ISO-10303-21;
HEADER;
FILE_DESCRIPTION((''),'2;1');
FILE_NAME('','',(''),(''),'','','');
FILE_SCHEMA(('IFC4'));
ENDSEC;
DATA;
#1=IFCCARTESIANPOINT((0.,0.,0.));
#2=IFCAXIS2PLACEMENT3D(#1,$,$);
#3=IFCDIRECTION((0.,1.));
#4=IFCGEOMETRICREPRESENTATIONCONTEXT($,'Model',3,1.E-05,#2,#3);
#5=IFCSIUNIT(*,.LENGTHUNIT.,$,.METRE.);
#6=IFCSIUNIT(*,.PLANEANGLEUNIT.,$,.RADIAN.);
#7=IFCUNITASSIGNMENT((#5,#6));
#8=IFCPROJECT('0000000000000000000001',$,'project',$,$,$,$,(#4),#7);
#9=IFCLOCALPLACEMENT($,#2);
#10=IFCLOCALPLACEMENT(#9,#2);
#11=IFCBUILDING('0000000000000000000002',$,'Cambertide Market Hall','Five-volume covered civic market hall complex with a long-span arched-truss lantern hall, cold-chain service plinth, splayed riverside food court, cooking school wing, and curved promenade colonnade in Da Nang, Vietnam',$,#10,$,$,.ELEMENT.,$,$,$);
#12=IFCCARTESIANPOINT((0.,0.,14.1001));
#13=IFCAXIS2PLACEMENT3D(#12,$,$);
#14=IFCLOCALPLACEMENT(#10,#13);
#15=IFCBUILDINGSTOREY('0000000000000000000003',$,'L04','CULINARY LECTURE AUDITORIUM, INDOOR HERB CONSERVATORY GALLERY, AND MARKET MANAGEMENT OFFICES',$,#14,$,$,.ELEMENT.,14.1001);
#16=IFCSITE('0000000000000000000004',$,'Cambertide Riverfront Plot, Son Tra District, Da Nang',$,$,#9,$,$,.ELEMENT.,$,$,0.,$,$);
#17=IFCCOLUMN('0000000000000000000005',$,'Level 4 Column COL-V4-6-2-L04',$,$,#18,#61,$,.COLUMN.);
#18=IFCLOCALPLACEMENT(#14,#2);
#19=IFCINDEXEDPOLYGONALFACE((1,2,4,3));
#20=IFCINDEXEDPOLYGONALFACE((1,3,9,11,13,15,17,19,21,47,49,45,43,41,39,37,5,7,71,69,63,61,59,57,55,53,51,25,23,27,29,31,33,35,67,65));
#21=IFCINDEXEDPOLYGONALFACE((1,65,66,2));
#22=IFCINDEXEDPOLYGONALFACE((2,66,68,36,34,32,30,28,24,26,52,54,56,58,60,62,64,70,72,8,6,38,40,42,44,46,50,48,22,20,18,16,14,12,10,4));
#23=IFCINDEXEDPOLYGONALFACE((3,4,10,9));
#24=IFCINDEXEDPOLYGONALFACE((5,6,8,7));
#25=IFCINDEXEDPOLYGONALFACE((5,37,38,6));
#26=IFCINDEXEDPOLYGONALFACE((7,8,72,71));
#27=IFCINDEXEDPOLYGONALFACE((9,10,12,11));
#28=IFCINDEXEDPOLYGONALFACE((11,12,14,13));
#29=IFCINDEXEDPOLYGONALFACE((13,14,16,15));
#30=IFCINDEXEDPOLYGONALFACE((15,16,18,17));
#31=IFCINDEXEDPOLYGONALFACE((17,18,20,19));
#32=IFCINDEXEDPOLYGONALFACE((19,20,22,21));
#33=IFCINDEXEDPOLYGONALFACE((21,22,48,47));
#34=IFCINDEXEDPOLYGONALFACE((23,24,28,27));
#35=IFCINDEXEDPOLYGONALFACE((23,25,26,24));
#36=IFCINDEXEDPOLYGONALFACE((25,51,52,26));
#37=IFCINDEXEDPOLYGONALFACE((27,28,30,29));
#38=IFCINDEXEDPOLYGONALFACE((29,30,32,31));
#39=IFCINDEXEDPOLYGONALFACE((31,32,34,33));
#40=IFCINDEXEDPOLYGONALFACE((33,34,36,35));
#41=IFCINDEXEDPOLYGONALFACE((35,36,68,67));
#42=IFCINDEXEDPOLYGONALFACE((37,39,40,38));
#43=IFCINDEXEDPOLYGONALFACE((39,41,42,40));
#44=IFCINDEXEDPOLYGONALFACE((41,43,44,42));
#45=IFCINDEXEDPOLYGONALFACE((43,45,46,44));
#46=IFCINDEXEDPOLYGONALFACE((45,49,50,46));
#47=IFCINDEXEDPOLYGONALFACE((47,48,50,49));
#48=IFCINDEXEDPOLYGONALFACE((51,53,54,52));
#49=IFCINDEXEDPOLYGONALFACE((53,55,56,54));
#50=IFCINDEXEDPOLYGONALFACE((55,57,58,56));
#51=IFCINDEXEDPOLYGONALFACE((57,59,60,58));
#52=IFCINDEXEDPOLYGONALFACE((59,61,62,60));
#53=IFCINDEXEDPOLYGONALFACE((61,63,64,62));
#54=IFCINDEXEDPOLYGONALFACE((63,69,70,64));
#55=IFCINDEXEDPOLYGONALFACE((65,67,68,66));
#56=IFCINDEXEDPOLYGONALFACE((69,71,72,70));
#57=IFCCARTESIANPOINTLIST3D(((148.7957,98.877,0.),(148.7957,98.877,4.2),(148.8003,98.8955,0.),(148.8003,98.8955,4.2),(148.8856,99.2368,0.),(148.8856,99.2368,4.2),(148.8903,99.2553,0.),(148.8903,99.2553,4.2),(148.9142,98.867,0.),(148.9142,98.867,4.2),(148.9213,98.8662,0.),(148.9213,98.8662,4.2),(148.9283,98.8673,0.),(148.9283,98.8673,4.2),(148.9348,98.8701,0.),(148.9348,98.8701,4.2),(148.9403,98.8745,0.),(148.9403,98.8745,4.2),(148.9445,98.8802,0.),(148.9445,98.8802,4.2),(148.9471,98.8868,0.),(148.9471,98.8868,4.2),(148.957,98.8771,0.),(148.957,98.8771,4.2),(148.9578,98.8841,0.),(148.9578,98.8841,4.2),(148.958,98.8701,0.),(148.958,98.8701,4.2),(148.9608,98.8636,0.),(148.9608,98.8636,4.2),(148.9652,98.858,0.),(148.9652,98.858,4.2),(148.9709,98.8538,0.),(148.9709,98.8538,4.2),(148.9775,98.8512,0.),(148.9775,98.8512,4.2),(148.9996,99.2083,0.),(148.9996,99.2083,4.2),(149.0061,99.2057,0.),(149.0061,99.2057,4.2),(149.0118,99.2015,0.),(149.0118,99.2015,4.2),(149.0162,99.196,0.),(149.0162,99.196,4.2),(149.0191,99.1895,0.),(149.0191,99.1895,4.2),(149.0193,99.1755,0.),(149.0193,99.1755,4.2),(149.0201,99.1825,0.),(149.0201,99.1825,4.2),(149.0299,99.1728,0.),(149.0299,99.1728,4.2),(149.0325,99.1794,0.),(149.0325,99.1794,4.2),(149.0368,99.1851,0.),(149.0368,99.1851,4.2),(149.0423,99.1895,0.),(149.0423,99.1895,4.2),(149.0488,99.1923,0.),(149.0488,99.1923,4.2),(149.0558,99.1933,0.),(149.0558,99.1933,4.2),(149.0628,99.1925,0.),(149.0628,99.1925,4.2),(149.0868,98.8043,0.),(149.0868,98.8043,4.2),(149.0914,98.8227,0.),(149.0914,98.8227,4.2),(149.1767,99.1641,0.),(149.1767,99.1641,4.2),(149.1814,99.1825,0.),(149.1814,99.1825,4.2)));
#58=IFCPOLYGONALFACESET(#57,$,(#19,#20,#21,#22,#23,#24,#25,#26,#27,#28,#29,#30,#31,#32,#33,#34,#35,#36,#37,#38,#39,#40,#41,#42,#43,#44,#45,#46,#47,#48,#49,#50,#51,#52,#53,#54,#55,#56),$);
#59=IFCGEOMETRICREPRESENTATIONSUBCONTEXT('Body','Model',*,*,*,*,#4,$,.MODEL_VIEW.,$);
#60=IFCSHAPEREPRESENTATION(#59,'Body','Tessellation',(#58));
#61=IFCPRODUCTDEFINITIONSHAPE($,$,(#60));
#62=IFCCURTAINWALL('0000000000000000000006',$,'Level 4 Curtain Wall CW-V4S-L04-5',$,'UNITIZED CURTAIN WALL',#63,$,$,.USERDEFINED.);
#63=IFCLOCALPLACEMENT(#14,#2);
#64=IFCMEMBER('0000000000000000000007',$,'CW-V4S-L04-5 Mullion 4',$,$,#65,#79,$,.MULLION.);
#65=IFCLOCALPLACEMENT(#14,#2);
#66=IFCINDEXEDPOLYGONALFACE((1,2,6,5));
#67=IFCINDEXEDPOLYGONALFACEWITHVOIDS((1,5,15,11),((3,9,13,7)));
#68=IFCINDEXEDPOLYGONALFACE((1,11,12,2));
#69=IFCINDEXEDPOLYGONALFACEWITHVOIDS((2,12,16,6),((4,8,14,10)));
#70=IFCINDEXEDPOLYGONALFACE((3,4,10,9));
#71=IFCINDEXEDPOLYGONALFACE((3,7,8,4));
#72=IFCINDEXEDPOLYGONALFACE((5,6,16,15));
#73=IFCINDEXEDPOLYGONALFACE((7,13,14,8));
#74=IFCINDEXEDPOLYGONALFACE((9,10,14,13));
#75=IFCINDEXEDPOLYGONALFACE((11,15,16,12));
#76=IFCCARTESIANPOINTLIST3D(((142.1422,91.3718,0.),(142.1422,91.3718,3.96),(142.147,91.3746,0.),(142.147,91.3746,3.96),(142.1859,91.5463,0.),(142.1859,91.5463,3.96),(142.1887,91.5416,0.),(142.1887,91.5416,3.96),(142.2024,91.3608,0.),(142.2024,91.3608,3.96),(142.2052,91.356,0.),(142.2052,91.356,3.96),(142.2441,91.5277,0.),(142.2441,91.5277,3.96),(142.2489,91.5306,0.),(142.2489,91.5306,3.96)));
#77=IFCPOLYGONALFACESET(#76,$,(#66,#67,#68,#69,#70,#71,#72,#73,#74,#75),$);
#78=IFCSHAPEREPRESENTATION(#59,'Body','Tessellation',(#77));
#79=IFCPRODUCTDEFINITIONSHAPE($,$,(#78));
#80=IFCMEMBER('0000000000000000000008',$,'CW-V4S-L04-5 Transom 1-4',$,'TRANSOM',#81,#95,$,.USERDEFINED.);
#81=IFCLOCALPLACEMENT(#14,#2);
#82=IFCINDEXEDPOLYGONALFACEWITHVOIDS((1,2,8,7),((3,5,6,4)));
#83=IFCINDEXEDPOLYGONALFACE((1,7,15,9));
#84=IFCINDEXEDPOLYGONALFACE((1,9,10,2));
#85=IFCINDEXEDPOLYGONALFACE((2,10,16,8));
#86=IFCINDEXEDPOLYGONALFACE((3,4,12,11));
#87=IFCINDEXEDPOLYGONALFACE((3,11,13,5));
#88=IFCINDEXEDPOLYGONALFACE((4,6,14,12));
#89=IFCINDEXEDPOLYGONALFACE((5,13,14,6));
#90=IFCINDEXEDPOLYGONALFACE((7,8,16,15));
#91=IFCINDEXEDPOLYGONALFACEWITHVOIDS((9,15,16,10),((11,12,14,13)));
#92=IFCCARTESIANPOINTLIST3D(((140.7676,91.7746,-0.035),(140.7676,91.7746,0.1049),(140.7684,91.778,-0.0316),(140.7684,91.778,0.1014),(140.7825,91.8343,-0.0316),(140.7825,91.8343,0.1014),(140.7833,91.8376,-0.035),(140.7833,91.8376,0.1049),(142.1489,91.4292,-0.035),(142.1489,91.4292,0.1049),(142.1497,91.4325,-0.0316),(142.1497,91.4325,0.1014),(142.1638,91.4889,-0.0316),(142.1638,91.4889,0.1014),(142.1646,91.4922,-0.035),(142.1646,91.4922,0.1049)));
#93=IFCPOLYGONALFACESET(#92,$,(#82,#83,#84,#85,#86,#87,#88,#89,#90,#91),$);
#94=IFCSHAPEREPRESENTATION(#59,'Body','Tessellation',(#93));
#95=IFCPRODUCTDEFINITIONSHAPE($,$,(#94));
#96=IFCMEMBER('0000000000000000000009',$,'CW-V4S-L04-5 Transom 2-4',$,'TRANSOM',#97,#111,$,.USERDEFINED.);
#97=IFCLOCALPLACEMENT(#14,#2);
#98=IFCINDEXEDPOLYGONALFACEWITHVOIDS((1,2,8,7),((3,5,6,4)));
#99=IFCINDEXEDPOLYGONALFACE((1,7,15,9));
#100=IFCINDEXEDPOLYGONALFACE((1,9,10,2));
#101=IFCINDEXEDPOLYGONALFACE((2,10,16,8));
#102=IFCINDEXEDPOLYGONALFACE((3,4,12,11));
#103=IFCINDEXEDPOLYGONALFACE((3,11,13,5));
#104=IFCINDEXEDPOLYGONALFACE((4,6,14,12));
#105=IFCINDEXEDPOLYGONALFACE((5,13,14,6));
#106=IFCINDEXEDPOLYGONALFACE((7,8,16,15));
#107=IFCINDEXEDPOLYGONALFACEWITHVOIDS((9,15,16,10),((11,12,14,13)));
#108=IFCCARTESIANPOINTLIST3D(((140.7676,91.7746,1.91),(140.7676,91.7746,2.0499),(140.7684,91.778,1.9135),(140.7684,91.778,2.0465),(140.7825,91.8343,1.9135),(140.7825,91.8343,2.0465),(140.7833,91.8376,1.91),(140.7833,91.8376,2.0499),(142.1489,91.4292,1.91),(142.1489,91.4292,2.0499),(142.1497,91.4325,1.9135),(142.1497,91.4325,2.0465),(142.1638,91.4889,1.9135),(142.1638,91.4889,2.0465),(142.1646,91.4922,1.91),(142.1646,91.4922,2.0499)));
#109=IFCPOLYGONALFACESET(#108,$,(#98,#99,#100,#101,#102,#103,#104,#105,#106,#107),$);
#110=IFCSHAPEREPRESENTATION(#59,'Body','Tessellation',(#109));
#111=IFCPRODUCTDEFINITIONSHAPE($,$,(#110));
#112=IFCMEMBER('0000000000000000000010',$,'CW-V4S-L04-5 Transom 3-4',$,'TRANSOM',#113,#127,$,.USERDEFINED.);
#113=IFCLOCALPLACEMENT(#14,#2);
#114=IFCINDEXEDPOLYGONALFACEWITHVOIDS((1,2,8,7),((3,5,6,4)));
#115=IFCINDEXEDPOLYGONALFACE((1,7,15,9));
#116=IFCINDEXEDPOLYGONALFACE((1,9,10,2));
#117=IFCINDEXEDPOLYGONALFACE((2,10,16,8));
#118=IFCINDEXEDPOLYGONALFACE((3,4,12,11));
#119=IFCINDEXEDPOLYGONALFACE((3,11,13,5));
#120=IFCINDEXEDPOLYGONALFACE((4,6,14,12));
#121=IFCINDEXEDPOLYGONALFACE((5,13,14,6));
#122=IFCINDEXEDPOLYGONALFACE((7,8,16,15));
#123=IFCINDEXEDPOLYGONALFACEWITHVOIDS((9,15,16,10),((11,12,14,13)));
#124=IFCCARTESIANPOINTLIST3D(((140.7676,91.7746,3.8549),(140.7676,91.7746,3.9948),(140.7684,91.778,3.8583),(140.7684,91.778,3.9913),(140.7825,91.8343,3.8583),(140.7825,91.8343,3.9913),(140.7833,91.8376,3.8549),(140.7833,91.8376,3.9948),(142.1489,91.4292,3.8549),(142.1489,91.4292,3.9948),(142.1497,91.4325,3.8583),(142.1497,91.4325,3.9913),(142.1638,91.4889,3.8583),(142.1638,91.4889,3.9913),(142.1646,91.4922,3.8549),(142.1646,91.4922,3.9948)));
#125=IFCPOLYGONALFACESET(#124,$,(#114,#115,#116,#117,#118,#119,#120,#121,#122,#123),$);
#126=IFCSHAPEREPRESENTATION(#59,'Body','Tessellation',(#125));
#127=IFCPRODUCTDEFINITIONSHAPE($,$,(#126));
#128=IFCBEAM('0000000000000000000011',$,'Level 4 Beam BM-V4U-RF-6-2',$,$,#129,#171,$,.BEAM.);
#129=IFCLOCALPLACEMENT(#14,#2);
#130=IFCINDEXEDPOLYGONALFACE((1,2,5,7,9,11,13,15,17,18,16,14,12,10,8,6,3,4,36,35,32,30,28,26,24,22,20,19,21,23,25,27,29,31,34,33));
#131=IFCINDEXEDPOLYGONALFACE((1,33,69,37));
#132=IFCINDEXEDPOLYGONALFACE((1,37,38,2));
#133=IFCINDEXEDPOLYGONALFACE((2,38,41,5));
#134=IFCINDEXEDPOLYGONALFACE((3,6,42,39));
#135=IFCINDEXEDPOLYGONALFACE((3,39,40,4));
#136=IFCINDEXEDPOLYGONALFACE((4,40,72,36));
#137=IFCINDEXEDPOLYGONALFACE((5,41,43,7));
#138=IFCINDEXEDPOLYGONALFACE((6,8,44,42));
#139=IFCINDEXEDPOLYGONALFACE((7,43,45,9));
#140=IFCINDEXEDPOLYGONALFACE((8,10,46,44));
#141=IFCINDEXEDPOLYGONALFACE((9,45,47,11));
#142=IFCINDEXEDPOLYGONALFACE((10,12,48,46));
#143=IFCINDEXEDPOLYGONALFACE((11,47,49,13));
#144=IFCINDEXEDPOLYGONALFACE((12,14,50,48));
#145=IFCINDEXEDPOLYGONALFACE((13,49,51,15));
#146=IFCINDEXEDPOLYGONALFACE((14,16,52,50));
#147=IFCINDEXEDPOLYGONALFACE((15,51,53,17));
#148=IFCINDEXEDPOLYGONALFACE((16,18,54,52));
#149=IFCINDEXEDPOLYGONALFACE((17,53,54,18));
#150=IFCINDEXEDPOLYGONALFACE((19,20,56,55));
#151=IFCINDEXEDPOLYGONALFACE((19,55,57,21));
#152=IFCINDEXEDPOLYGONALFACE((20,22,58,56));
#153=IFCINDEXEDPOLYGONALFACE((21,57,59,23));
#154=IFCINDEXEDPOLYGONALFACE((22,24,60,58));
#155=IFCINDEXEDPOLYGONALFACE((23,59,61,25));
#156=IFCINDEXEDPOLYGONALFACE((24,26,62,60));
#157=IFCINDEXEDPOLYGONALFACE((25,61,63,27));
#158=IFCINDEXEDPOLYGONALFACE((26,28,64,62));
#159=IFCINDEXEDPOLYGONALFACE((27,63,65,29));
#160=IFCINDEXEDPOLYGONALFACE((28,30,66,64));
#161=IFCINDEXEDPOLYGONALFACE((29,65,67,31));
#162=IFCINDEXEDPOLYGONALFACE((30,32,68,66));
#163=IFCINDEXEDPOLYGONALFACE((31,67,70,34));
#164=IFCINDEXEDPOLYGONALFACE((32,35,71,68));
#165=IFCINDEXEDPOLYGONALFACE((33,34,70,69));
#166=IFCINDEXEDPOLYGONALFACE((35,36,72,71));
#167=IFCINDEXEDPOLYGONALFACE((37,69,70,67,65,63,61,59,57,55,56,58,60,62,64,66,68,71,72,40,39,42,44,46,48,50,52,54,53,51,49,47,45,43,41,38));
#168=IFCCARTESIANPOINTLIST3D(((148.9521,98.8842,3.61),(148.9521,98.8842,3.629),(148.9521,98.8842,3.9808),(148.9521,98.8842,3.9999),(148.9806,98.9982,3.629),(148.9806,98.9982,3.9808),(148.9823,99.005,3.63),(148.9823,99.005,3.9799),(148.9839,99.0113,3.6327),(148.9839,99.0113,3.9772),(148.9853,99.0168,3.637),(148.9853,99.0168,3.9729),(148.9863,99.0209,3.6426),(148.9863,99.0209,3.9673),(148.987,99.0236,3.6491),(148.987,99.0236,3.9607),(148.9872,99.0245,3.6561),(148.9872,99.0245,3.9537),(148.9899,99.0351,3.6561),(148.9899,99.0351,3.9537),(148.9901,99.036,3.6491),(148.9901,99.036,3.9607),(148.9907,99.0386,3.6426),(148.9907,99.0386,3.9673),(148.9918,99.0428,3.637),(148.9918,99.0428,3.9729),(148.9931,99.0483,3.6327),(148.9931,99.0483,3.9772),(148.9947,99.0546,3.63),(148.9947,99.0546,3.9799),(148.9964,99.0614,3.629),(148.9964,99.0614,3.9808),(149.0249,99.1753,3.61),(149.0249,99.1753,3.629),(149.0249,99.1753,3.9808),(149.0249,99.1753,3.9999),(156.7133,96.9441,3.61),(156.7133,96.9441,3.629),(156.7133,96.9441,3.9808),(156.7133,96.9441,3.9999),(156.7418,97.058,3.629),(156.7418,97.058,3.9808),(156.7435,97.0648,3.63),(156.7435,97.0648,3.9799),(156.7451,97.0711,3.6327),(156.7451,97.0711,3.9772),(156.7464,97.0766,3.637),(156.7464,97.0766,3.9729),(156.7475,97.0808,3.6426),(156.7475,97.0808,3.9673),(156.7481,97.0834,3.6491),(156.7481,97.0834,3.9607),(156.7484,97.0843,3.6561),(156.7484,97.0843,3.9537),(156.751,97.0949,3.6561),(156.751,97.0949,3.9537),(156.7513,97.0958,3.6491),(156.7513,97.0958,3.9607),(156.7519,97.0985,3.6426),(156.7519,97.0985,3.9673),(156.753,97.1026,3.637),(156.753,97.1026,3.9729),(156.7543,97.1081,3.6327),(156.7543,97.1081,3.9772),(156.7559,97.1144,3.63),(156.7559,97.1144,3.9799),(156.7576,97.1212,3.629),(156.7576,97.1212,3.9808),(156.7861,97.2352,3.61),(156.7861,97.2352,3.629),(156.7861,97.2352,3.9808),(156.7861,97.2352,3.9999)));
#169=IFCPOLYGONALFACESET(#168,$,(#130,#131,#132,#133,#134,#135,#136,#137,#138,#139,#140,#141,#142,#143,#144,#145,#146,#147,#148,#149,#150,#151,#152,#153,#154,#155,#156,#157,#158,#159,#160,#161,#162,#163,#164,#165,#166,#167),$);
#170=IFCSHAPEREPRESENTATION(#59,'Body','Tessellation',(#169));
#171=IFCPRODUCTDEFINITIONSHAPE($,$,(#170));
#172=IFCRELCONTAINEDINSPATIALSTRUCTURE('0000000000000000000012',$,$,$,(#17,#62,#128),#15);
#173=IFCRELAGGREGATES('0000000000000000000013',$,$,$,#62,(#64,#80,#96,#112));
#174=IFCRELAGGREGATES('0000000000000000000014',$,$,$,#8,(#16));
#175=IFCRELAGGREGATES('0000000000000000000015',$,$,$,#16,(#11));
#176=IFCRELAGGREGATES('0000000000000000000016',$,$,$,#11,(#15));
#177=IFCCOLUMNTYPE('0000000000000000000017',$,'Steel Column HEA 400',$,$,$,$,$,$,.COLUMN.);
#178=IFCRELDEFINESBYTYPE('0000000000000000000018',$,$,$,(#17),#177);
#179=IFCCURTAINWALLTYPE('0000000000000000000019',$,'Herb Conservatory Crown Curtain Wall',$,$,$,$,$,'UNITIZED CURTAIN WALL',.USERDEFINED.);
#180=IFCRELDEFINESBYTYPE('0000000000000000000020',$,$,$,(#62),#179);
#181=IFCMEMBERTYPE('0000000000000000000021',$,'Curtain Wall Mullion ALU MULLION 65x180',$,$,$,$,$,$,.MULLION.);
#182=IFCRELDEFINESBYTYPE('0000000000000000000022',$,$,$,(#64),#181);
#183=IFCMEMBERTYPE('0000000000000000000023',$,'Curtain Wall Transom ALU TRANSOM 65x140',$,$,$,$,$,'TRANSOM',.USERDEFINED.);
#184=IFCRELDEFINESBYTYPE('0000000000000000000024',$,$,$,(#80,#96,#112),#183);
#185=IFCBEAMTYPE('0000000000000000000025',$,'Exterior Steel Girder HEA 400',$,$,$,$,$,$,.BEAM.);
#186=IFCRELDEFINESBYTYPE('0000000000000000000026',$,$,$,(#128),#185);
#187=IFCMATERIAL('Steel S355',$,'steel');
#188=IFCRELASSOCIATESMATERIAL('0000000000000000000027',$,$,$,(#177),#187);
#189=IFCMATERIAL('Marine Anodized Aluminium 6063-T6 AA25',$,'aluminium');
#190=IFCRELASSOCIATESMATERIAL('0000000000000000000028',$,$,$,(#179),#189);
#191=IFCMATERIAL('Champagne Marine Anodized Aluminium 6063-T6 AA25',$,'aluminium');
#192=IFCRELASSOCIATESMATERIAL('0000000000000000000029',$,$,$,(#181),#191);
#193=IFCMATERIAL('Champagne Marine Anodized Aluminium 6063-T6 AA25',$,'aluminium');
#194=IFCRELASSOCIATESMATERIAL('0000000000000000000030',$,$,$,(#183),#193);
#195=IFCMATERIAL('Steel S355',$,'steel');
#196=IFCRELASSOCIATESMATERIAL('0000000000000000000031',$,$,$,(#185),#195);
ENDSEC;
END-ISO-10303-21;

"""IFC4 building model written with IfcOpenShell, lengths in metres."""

from ifc_helpers import new_model, si_unit, direction, frame, origin, origin_2d, place, context, subcontext, project, spatial, hollow_rectangle, i_section, extrude, material, material_profile, profile_set, type_object, element, aggregate, save


model = new_model("IFC4")

# Units and contexts
model_context = context("Model", 3, precision=1e-05, world=origin(), true_north=direction((0.0, 1.0)))
body_context = subcontext(model_context, "Body", "Model", "MODEL_VIEW")
ifc_project = project(units=[si_unit("LENGTHUNIT", "METRE"), si_unit("PLANEANGLEUNIT", "RADIAN")], contexts=[model_context])

# Site, building, storey
site_placement = place(None, origin())
site = spatial("IfcSite", under=ifc_project, at=site_placement, Name="Cambertide Riverfront Plot, Son Tra District, Da Nang", CompositionType="ELEMENT", RefElevation=0.0)
building_placement = place(site_placement, origin())
building = spatial("IfcBuilding", under=site, at=building_placement, Name="Cambertide Market Hall", Description="Five-volume covered civic market hall complex with a long-span arched-truss lantern hall, cold-chain service plinth, splayed riverside food court, cooking school wing, and curved promenade colonnade in Da Nang, Vietnam", CompositionType="ELEMENT")
storey_placement = place(building_placement, frame((0.0, 0.0, 14.1001)))
storey = spatial("IfcBuildingStorey", under=building, at=storey_placement, Name="L04", Description="CULINARY LECTURE AUDITORIUM, INDOOR HERB CONSERVATORY GALLERY, AND MARKET MANAGEMENT OFFICES", CompositionType="ELEMENT", Elevation=14.1001)

# Column
ifc_material_1 = material(Name="Steel S355", Category="steel")
ifc_material_profile_1 = material_profile(ifc_material_1, i_section(OverallWidth=0.3, OverallDepth=0.3899, WebThickness=0.011, FlangeThickness=0.019, FilletRadius=0.0271, at=origin_2d()), Name="HEA 400")
ifc_profile_set_1 = profile_set([ifc_material_profile_1], Name="Steel S355")
column_type = type_object("IfcColumnType", Name="Steel Column HEA 400", PredefinedType="COLUMN", material=ifc_profile_set_1)
column_placement = place(storey_placement, frame((148.9885, 99.0298, 0.0), z_axis=(0.0, 0.0, 1.0), x_axis=(0.970143, -0.242536, 0.0)))
element("IfcColumn", 1, at=column_placement, inside=storey, type_object=column_type, Name="Level 4 Column COL-V4-6-2-L04", PredefinedType="COLUMN", context=body_context, shape_type="SweptSolid", body=[
    extrude(i_section(OverallWidth=0.3, OverallDepth=0.3899, WebThickness=0.011, FlangeThickness=0.019, FilletRadius=0.0271, at=origin_2d()), origin(), (0.0, 0.0, 1.0), 4.2),
])

# Curtain wall, members
ifc_material_2 = material(Name="Marine Anodized Aluminium 6063-T6 AA25", Category="aluminium")
curtain_wall_type = type_object("IfcCurtainWallType", Name="Herb Conservatory Crown Curtain Wall", ElementType="UNITIZED CURTAIN WALL", PredefinedType="USERDEFINED", material=ifc_material_2)
curtain_wall_placement = place(storey_placement, origin())
curtain_wall = element("IfcCurtainWall", 2, at=curtain_wall_placement, inside=storey, type_object=curtain_wall_type, Name="Level 4 Curtain Wall CW-V4S-L04-5", ObjectType="UNITIZED CURTAIN WALL", PredefinedType="USERDEFINED")
ifc_material_3 = material(Name="Champagne Marine Anodized Aluminium 6063-T6 AA25", Category="aluminium")
ifc_material_profile_2 = material_profile(ifc_material_3, hollow_rectangle(XDim=0.0649, YDim=0.1799, WallThickness=0.0039, at=origin_2d()), Name="ALU MULLION 65x180")
ifc_profile_set_2 = profile_set([ifc_material_profile_2], Name="Champagne Marine Anodized Aluminium 6063-T6 AA25")
member_type_1 = type_object("IfcMemberType", Name="Curtain Wall Mullion ALU MULLION 65x180", PredefinedType="MULLION", material=ifc_profile_set_2)
member_1_placement = place(storey_placement, frame((142.1956, 91.4512, 0.0), z_axis=(0.0, 0.0, 1.0), x_axis=(-0.970143, 0.242535, 0.0)))
member_1 = element("IfcMember", 3, at=member_1_placement, type_object=member_type_1, Name="CW-V4S-L04-5 Mullion 4", PredefinedType="MULLION", context=body_context, shape_type="SweptSolid", body=[
    extrude(hollow_rectangle(XDim=0.0649, YDim=0.1799, WallThickness=0.0039, at=origin_2d()), origin(), (0.0, 0.0, 1.0), 3.96),
])
ifc_material_4 = material(Name="Champagne Marine Anodized Aluminium 6063-T6 AA25", Category="aluminium")
ifc_material_profile_3 = material_profile(ifc_material_4, hollow_rectangle(XDim=0.0649, YDim=0.1399, WallThickness=0.0034, at=origin_2d()), Name="ALU TRANSOM 65x140")
ifc_profile_set_3 = profile_set([ifc_material_profile_3], Name="Champagne Marine Anodized Aluminium 6063-T6 AA25")
member_type_2 = type_object("IfcMemberType", Name="Curtain Wall Transom ALU TRANSOM 65x140", ElementType="TRANSOM", PredefinedType="USERDEFINED", material=ifc_profile_set_3)
member_2_placement = place(storey_placement, frame((142.1567, 91.4607, 0.0349), z_axis=(-0.970122, 0.242616, 0.0), x_axis=(-0.242616, -0.970122, 0.0)))
member_2 = element("IfcMember", 4, at=member_2_placement, type_object=member_type_2, Name="CW-V4S-L04-5 Transom 1-4", ObjectType="TRANSOM", PredefinedType="USERDEFINED", context=body_context, shape_type="SweptSolid", body=[
    extrude(hollow_rectangle(XDim=0.0649, YDim=0.1399, WallThickness=0.0034, at=origin_2d()), origin(), (0.0, 0.0, 1.0), 1.4238),
])
member_3_placement = place(storey_placement, frame((142.1567, 91.4607, 1.98), z_axis=(-0.970122, 0.242616, 0.0), x_axis=(-0.242616, -0.970122, 0.0)))
member_3 = element("IfcMember", 5, at=member_3_placement, type_object=member_type_2, Name="CW-V4S-L04-5 Transom 2-4", ObjectType="TRANSOM", PredefinedType="USERDEFINED", context=body_context, shape_type="SweptSolid", body=[
    extrude(hollow_rectangle(XDim=0.0649, YDim=0.1399, WallThickness=0.0034, at=origin_2d()), origin(), (0.0, 0.0, 1.0), 1.4238),
])
member_4_placement = place(storey_placement, frame((142.1567, 91.4607, 3.9248), z_axis=(-0.970122, 0.242616, 0.0), x_axis=(-0.242616, -0.970122, 0.0)))
member_4 = element("IfcMember", 6, at=member_4_placement, type_object=member_type_2, Name="CW-V4S-L04-5 Transom 3-4", ObjectType="TRANSOM", PredefinedType="USERDEFINED", context=body_context, shape_type="SweptSolid", body=[
    extrude(hollow_rectangle(XDim=0.0649, YDim=0.1399, WallThickness=0.0034, at=origin_2d()), origin(), (0.0, 0.0, 1.0), 1.4238),
])

# Beam
ifc_material_5 = material(Name="Steel S355", Category="steel")
ifc_material_profile_4 = material_profile(ifc_material_5, i_section(OverallWidth=0.3, OverallDepth=0.3899, WebThickness=0.011, FlangeThickness=0.019, FilletRadius=0.0271, at=origin_2d()), Name="HEA 400")
ifc_profile_set_4 = profile_set([ifc_material_profile_4], Name="Steel S355")
beam_type_1 = type_object("IfcBeamType", Name="Exterior Steel Girder HEA 400", PredefinedType="BEAM", material=ifc_profile_set_4)
beam_1_placement = place(storey_placement, frame((148.9885, 99.0298, 3.8049), z_axis=(0.970146, -0.242521, 0.0), x_axis=(0.242521, 0.970146, 0.0)))
element("IfcBeam", 7, at=beam_1_placement, inside=storey, type_object=beam_type_1, Name="Level 4 Beam BM-V4U-RF-6-2", PredefinedType="BEAM", context=body_context, shape_type="SweptSolid", body=[
    extrude(i_section(OverallWidth=0.3, OverallDepth=0.3899, WebThickness=0.011, FlangeThickness=0.019, FilletRadius=0.0271, at=origin_2d()), origin(), (0.0, 0.0, 1.0), 8.0),
])

aggregate(curtain_wall, [member_1, member_2, member_3, member_4])

save(model, "model.ifc")
